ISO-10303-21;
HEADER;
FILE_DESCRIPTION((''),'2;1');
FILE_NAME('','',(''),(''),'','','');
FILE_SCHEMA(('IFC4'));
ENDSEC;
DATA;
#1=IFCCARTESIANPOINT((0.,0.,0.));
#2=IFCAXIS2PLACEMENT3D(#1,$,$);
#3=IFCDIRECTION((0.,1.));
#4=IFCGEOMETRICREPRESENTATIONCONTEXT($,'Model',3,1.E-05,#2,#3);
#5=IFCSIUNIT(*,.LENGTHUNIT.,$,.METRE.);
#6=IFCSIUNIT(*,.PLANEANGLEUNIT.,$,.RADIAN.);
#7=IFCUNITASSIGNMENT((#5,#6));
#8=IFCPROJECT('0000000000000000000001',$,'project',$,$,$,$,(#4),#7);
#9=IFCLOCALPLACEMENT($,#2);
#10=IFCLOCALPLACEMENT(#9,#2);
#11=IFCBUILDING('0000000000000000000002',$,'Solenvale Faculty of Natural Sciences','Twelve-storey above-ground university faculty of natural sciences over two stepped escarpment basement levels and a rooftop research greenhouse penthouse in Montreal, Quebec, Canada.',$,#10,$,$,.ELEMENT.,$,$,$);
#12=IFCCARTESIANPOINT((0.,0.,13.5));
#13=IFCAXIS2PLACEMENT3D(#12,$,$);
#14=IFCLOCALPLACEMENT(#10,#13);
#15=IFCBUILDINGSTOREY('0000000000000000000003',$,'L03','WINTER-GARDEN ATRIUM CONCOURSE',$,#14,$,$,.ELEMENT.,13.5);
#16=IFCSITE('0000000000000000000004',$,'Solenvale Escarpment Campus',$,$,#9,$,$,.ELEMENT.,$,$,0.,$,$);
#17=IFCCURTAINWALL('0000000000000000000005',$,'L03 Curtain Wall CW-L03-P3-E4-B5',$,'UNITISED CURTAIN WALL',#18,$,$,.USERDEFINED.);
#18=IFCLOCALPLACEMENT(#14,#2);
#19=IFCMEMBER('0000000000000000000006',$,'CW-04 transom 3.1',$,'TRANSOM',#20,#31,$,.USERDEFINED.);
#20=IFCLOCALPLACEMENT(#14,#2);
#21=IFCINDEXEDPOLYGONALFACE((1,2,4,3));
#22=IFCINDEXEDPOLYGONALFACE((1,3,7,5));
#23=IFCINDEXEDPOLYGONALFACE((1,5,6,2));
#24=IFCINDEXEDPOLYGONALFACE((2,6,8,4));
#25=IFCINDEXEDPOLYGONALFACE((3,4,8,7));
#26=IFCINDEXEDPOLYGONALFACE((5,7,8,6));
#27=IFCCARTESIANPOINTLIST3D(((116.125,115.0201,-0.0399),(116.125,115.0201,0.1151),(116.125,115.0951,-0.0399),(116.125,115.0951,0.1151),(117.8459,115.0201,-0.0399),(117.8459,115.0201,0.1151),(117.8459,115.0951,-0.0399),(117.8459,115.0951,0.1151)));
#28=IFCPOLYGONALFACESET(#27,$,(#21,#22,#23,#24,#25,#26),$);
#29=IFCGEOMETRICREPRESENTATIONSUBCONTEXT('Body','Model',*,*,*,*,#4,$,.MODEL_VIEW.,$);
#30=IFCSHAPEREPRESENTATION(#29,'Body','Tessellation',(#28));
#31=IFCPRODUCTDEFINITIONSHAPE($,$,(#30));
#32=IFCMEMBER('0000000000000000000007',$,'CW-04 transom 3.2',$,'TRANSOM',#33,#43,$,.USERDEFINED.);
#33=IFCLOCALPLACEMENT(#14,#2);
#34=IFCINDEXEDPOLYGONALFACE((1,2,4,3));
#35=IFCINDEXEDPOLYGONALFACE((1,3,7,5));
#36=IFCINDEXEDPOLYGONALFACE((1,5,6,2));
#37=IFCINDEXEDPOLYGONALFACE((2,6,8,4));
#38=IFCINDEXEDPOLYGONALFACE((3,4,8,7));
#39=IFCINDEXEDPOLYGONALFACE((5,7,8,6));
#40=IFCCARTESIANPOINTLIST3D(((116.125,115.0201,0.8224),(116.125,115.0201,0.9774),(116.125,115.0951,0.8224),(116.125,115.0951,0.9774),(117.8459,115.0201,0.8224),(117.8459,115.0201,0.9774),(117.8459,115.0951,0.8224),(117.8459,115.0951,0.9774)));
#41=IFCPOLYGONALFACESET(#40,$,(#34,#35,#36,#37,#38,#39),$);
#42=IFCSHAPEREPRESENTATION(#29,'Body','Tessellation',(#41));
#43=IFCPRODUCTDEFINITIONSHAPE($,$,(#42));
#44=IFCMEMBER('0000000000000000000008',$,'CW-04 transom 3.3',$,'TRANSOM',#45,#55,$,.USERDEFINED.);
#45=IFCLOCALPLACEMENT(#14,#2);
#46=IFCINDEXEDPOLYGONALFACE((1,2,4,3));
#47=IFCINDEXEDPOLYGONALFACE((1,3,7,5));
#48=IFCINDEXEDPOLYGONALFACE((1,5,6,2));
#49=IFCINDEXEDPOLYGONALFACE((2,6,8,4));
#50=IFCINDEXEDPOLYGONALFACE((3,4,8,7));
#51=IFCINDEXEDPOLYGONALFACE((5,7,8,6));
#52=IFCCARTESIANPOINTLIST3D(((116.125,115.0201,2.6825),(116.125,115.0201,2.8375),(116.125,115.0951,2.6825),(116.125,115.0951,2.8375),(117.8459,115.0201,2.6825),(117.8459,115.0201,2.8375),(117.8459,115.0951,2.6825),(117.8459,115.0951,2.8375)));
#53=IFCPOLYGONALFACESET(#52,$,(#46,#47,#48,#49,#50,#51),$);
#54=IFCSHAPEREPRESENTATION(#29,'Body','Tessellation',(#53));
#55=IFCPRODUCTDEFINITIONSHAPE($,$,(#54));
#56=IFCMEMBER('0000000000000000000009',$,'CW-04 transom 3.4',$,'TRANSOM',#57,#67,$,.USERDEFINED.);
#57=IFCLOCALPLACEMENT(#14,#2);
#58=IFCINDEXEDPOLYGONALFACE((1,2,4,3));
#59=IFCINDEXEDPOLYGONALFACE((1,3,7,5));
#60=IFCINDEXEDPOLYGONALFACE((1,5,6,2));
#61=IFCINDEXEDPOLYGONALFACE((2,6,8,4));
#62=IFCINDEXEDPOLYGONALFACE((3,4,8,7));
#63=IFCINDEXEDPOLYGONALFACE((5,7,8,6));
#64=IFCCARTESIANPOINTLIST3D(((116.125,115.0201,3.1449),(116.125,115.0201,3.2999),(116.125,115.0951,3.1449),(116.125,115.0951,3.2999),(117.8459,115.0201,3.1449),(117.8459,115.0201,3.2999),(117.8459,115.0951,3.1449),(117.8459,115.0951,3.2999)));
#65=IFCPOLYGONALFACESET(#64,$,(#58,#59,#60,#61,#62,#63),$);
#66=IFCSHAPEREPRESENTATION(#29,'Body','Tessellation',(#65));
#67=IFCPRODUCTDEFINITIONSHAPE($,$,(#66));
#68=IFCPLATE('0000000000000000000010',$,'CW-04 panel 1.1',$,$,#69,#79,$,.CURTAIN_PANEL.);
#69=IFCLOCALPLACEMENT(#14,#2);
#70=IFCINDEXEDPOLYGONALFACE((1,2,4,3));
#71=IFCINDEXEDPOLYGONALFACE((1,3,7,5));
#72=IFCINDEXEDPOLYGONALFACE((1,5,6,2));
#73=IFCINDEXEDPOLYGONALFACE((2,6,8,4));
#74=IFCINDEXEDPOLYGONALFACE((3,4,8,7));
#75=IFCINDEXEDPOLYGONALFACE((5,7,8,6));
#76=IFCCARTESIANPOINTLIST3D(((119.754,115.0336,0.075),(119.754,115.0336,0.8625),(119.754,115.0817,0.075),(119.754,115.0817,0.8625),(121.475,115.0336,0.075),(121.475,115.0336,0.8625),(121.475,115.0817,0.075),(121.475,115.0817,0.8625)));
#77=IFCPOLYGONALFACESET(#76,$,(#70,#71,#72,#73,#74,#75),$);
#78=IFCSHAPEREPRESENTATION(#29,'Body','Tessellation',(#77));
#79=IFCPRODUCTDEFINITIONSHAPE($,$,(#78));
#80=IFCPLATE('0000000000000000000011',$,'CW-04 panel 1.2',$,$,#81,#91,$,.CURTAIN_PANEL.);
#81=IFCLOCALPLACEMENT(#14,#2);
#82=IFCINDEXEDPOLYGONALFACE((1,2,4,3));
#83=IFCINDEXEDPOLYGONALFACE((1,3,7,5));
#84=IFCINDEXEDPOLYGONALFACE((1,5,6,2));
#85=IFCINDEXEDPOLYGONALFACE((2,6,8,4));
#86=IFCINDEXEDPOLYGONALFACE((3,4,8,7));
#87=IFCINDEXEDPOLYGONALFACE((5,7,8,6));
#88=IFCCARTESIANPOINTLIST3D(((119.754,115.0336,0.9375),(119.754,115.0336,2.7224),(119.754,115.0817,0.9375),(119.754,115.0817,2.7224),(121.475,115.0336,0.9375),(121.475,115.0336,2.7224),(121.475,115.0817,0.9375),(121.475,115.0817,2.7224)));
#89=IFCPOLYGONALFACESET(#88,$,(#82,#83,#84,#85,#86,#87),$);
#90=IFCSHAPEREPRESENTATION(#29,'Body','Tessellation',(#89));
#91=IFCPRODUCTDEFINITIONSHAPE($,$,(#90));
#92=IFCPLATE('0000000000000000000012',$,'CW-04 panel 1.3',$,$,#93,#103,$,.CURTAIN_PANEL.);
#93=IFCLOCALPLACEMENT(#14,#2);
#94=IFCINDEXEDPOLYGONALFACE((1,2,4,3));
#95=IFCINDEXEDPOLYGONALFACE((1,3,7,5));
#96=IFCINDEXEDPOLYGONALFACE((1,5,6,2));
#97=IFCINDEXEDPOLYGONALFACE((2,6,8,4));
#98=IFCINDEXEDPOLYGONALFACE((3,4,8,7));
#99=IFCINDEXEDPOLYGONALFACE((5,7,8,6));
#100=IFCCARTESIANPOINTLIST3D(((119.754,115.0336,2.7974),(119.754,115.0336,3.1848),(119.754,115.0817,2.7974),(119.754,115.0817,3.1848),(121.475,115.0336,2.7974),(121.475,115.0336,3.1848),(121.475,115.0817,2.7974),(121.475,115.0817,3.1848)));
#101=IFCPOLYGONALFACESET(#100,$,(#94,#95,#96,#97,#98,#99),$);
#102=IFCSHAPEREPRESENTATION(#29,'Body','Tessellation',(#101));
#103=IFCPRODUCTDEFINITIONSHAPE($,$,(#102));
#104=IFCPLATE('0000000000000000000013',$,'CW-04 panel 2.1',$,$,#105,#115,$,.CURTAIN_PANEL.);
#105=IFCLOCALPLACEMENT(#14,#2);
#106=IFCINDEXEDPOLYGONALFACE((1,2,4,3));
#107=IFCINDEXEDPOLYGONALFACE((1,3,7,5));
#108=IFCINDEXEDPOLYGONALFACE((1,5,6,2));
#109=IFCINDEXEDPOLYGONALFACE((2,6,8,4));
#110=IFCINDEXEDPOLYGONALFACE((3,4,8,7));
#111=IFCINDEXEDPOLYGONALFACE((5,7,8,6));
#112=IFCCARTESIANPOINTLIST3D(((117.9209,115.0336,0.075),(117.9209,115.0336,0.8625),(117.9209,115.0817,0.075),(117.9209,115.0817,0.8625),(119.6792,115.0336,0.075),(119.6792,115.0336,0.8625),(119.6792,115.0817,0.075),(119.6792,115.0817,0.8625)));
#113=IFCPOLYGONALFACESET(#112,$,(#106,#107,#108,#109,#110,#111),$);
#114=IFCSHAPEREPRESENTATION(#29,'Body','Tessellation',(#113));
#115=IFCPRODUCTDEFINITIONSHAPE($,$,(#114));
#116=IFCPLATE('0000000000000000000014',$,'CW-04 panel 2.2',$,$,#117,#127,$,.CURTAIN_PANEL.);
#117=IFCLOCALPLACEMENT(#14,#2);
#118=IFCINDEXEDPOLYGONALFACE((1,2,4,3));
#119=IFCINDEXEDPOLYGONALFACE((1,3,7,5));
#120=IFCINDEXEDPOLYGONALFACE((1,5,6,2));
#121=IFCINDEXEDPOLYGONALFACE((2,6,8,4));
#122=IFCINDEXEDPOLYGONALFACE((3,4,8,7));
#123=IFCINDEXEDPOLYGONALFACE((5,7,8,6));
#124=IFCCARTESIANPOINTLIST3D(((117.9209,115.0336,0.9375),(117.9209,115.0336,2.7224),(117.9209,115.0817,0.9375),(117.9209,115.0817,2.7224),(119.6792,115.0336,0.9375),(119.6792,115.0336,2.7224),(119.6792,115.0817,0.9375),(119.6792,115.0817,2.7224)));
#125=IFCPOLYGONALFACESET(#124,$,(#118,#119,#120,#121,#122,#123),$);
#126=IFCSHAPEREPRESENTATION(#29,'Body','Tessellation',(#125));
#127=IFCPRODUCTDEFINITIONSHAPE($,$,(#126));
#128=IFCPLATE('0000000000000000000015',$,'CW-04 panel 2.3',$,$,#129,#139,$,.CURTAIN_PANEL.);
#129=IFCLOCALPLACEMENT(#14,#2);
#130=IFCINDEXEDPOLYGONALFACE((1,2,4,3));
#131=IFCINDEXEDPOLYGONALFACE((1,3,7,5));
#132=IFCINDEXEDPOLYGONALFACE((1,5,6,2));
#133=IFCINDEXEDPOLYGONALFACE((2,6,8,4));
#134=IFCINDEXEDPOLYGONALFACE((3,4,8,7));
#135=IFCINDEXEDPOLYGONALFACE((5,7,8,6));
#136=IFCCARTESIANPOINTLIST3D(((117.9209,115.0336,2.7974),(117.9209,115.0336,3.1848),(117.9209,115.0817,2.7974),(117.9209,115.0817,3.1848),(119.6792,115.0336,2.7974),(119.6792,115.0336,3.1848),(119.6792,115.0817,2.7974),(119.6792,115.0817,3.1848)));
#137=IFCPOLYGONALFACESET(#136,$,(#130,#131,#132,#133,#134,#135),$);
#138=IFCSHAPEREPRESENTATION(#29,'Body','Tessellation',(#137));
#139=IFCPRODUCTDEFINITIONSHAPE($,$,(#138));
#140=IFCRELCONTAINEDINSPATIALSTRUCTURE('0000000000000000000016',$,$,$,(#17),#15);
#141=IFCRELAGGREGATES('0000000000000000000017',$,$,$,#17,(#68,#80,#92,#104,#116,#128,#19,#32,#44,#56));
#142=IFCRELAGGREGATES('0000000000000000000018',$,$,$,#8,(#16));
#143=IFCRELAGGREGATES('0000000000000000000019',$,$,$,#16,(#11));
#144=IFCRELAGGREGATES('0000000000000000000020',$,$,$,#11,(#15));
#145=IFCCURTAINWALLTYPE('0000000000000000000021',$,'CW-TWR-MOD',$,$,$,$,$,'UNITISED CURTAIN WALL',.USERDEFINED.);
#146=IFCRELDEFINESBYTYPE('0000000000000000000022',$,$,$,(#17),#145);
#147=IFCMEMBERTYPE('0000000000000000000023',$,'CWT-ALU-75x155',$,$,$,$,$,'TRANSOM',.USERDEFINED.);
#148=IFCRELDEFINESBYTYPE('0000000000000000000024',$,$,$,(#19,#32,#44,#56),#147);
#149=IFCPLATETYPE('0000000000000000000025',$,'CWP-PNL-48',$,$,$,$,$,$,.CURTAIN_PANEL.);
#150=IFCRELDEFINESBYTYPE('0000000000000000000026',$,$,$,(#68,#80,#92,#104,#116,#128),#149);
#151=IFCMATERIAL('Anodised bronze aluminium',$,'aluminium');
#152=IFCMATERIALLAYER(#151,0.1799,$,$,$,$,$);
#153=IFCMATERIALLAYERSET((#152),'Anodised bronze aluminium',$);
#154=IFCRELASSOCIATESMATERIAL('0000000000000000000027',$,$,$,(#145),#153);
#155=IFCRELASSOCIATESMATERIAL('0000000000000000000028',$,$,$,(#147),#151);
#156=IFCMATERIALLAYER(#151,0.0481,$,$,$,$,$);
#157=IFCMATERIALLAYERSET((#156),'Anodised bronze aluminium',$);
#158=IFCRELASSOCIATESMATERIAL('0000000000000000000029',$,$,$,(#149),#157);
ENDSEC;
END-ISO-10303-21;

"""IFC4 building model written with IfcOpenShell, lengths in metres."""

from ifc_helpers import new_model, si_unit, direction, frame, origin, origin_2d, place, context, subcontext, project, spatial, rectangle, extrude, material, layer, layer_set, material_profile, profile_set, type_object, element, aggregate, save


model = new_model("IFC4")

# Units and contexts
model_context = context("Model", 3, precision=1e-05, world=origin(), true_north=direction((0.0, 1.0)))
body_context = subcontext(model_context, "Body", "Model", "MODEL_VIEW")
ifc_project = project(units=[si_unit("LENGTHUNIT", "METRE"), si_unit("PLANEANGLEUNIT", "RADIAN")], contexts=[model_context])

# Site, building, storey
site_placement = place(None, origin())
site = spatial("IfcSite", under=ifc_project, at=site_placement, Name="Solenvale Escarpment Campus", CompositionType="ELEMENT", RefElevation=0.0)
building_placement = place(site_placement, origin())
building = spatial("IfcBuilding", under=site, at=building_placement, Name="Solenvale Faculty of Natural Sciences", Description="Twelve-storey above-ground university faculty of natural sciences over two stepped escarpment basement levels and a rooftop research greenhouse penthouse in Montreal, Quebec, Canada.", CompositionType="ELEMENT")
storey_placement = place(building_placement, frame((0.0, 0.0, 13.5)))
storey = spatial("IfcBuildingStorey", under=building, at=storey_placement, Name="L03", Description="WINTER-GARDEN ATRIUM CONCOURSE", CompositionType="ELEMENT", Elevation=13.5)

# Curtain wall, members, plates
ifc_material_1 = material(Name="Anodised bronze aluminium", Category="aluminium")
ifc_layer_1 = layer(ifc_material_1, 0.1799)
ifc_layer_set_1 = layer_set([ifc_layer_1], Name="Anodised bronze aluminium")
curtain_wall_type = type_object("IfcCurtainWallType", Name="CW-TWR-MOD", ElementType="UNITISED CURTAIN WALL", PredefinedType="USERDEFINED", material=ifc_layer_set_1)
curtain_wall_placement = place(storey_placement, origin())
curtain_wall = element("IfcCurtainWall", 1, at=curtain_wall_placement, inside=storey, type_object=curtain_wall_type, Name="L03 Curtain Wall CW-L03-P3-E4-B5", ObjectType="UNITISED CURTAIN WALL", PredefinedType="USERDEFINED")
ifc_material_profile_1 = material_profile(ifc_material_1, rectangle(XDim=0.075, YDim=0.155, at=origin_2d()), Name="ALU-TRN-75x155")
ifc_profile_set_1 = profile_set([ifc_material_profile_1], Name="Anodised bronze aluminium")
member_type_1 = type_object("IfcMemberType", Name="CWT-ALU-75x155", ElementType="TRANSOM", PredefinedType="USERDEFINED", material=ifc_profile_set_1)
member_1_placement = place(storey_placement, frame((117.8459, 115.0576, 0.0376), z_axis=(-1.0, 0.0, 0.0), x_axis=(0.0, -1.0, 0.0)))
member_1 = element("IfcMember", 2, at=member_1_placement, type_object=member_type_1, Name="CW-04 transom 3.1", ObjectType="TRANSOM", PredefinedType="USERDEFINED", context=body_context, shape_type="SweptSolid", body=[
    extrude(rectangle(XDim=0.075, YDim=0.155, at=origin_2d()), origin(), (0.0, 0.0, 1.0), 1.7209),
])
member_2_placement = place(storey_placement, frame((117.8459, 115.0576, 0.8999), z_axis=(-1.0, 0.0, 0.0), x_axis=(0.0, -1.0, 0.0)))
member_2 = element("IfcMember", 3, at=member_2_placement, type_object=member_type_1, Name="CW-04 transom 3.2", ObjectType="TRANSOM", PredefinedType="USERDEFINED", context=body_context, shape_type="SweptSolid", body=[
    extrude(rectangle(XDim=0.075, YDim=0.155, at=origin_2d()), origin(), (0.0, 0.0, 1.0), 1.7209),
])
member_3_placement = place(storey_placement, frame((117.8459, 115.0576, 2.76), z_axis=(-1.0, 0.0, 0.0), x_axis=(0.0, -1.0, 0.0)))
member_3 = element("IfcMember", 4, at=member_3_placement, type_object=member_type_1, Name="CW-04 transom 3.3", ObjectType="TRANSOM", PredefinedType="USERDEFINED", context=body_context, shape_type="SweptSolid", body=[
    extrude(rectangle(XDim=0.075, YDim=0.155, at=origin_2d()), origin(), (0.0, 0.0, 1.0), 1.7209),
])
member_4_placement = place(storey_placement, frame((117.8459, 115.0576, 3.2224), z_axis=(-1.0, 0.0, 0.0), x_axis=(0.0, -1.0, 0.0)))
member_4 = element("IfcMember", 5, at=member_4_placement, type_object=member_type_1, Name="CW-04 transom 3.4", ObjectType="TRANSOM", PredefinedType="USERDEFINED", context=body_context, shape_type="SweptSolid", body=[
    extrude(rectangle(XDim=0.075, YDim=0.155, at=origin_2d()), origin(), (0.0, 0.0, 1.0), 1.7209),
])
ifc_layer_2 = layer(ifc_material_1, 0.0481)
ifc_layer_set_2 = layer_set([ifc_layer_2], Name="Anodised bronze aluminium")
plate_type = type_object("IfcPlateType", Name="CWP-PNL-48", PredefinedType="CURTAIN_PANEL", material=ifc_layer_set_2)
plate_1_placement = place(storey_placement, frame((120.6145, 115.0576, 0.075), z_axis=(0.0, 0.0, 1.0), x_axis=(-1.0, 0.0, 0.0)))
plate_1 = element("IfcPlate", 6, at=plate_1_placement, type_object=plate_type, Name="CW-04 panel 1.1", PredefinedType="CURTAIN_PANEL", context=body_context, shape_type="SweptSolid", body=[
    extrude(rectangle(XDim=1.7209, YDim=0.0481, at=origin_2d()), origin(), (0.0, 0.0, 1.0), 0.7876),
])
plate_2_placement = place(storey_placement, frame((120.6145, 115.0576, 0.9375), z_axis=(0.0, 0.0, 1.0), x_axis=(-1.0, 0.0, 0.0)))
plate_2 = element("IfcPlate", 7, at=plate_2_placement, type_object=plate_type, Name="CW-04 panel 1.2", PredefinedType="CURTAIN_PANEL", context=body_context, shape_type="SweptSolid", body=[
    extrude(rectangle(XDim=1.7209, YDim=0.0481, at=origin_2d()), origin(), (0.0, 0.0, 1.0), 1.7849),
])
plate_3_placement = place(storey_placement, frame((120.6145, 115.0576, 2.7974), z_axis=(0.0, 0.0, 1.0), x_axis=(-1.0, 0.0, 0.0)))
plate_3 = element("IfcPlate", 8, at=plate_3_placement, type_object=plate_type, Name="CW-04 panel 1.3", PredefinedType="CURTAIN_PANEL", context=body_context, shape_type="SweptSolid", body=[
    extrude(rectangle(XDim=1.7209, YDim=0.0481, at=origin_2d()), origin(), (0.0, 0.0, 1.0), 0.3875),
])
plate_4_placement = place(storey_placement, frame((118.8, 115.0576, 0.075), z_axis=(0.0, 0.0, 1.0), x_axis=(-1.0, 0.0, 0.0)))
plate_4 = element("IfcPlate", 9, at=plate_4_placement, type_object=plate_type, Name="CW-04 panel 2.1", PredefinedType="CURTAIN_PANEL", context=body_context, shape_type="SweptSolid", body=[
    extrude(rectangle(XDim=1.7583, YDim=0.0481, at=origin_2d()), origin(), (0.0, 0.0, 1.0), 0.7876),
])
plate_5_placement = place(storey_placement, frame((118.8, 115.0576, 0.9375), z_axis=(0.0, 0.0, 1.0), x_axis=(-1.0, 0.0, 0.0)))
plate_5 = element("IfcPlate", 10, at=plate_5_placement, type_object=plate_type, Name="CW-04 panel 2.2", PredefinedType="CURTAIN_PANEL", context=body_context, shape_type="SweptSolid", body=[
    extrude(rectangle(XDim=1.7583, YDim=0.0481, at=origin_2d()), origin(), (0.0, 0.0, 1.0), 1.7849),
])
plate_6_placement = place(storey_placement, frame((118.8, 115.0576, 2.7974), z_axis=(0.0, 0.0, 1.0), x_axis=(-1.0, 0.0, 0.0)))
plate_6 = element("IfcPlate", 11, at=plate_6_placement, type_object=plate_type, Name="CW-04 panel 2.3", PredefinedType="CURTAIN_PANEL", context=body_context, shape_type="SweptSolid", body=[
    extrude(rectangle(XDim=1.7583, YDim=0.0481, at=origin_2d()), origin(), (0.0, 0.0, 1.0), 0.3875),
])
aggregate(curtain_wall, [plate_1, plate_2, plate_3, plate_4, plate_5, plate_6, member_1, member_2, member_3, member_4])

save(model, "model.ifc")
